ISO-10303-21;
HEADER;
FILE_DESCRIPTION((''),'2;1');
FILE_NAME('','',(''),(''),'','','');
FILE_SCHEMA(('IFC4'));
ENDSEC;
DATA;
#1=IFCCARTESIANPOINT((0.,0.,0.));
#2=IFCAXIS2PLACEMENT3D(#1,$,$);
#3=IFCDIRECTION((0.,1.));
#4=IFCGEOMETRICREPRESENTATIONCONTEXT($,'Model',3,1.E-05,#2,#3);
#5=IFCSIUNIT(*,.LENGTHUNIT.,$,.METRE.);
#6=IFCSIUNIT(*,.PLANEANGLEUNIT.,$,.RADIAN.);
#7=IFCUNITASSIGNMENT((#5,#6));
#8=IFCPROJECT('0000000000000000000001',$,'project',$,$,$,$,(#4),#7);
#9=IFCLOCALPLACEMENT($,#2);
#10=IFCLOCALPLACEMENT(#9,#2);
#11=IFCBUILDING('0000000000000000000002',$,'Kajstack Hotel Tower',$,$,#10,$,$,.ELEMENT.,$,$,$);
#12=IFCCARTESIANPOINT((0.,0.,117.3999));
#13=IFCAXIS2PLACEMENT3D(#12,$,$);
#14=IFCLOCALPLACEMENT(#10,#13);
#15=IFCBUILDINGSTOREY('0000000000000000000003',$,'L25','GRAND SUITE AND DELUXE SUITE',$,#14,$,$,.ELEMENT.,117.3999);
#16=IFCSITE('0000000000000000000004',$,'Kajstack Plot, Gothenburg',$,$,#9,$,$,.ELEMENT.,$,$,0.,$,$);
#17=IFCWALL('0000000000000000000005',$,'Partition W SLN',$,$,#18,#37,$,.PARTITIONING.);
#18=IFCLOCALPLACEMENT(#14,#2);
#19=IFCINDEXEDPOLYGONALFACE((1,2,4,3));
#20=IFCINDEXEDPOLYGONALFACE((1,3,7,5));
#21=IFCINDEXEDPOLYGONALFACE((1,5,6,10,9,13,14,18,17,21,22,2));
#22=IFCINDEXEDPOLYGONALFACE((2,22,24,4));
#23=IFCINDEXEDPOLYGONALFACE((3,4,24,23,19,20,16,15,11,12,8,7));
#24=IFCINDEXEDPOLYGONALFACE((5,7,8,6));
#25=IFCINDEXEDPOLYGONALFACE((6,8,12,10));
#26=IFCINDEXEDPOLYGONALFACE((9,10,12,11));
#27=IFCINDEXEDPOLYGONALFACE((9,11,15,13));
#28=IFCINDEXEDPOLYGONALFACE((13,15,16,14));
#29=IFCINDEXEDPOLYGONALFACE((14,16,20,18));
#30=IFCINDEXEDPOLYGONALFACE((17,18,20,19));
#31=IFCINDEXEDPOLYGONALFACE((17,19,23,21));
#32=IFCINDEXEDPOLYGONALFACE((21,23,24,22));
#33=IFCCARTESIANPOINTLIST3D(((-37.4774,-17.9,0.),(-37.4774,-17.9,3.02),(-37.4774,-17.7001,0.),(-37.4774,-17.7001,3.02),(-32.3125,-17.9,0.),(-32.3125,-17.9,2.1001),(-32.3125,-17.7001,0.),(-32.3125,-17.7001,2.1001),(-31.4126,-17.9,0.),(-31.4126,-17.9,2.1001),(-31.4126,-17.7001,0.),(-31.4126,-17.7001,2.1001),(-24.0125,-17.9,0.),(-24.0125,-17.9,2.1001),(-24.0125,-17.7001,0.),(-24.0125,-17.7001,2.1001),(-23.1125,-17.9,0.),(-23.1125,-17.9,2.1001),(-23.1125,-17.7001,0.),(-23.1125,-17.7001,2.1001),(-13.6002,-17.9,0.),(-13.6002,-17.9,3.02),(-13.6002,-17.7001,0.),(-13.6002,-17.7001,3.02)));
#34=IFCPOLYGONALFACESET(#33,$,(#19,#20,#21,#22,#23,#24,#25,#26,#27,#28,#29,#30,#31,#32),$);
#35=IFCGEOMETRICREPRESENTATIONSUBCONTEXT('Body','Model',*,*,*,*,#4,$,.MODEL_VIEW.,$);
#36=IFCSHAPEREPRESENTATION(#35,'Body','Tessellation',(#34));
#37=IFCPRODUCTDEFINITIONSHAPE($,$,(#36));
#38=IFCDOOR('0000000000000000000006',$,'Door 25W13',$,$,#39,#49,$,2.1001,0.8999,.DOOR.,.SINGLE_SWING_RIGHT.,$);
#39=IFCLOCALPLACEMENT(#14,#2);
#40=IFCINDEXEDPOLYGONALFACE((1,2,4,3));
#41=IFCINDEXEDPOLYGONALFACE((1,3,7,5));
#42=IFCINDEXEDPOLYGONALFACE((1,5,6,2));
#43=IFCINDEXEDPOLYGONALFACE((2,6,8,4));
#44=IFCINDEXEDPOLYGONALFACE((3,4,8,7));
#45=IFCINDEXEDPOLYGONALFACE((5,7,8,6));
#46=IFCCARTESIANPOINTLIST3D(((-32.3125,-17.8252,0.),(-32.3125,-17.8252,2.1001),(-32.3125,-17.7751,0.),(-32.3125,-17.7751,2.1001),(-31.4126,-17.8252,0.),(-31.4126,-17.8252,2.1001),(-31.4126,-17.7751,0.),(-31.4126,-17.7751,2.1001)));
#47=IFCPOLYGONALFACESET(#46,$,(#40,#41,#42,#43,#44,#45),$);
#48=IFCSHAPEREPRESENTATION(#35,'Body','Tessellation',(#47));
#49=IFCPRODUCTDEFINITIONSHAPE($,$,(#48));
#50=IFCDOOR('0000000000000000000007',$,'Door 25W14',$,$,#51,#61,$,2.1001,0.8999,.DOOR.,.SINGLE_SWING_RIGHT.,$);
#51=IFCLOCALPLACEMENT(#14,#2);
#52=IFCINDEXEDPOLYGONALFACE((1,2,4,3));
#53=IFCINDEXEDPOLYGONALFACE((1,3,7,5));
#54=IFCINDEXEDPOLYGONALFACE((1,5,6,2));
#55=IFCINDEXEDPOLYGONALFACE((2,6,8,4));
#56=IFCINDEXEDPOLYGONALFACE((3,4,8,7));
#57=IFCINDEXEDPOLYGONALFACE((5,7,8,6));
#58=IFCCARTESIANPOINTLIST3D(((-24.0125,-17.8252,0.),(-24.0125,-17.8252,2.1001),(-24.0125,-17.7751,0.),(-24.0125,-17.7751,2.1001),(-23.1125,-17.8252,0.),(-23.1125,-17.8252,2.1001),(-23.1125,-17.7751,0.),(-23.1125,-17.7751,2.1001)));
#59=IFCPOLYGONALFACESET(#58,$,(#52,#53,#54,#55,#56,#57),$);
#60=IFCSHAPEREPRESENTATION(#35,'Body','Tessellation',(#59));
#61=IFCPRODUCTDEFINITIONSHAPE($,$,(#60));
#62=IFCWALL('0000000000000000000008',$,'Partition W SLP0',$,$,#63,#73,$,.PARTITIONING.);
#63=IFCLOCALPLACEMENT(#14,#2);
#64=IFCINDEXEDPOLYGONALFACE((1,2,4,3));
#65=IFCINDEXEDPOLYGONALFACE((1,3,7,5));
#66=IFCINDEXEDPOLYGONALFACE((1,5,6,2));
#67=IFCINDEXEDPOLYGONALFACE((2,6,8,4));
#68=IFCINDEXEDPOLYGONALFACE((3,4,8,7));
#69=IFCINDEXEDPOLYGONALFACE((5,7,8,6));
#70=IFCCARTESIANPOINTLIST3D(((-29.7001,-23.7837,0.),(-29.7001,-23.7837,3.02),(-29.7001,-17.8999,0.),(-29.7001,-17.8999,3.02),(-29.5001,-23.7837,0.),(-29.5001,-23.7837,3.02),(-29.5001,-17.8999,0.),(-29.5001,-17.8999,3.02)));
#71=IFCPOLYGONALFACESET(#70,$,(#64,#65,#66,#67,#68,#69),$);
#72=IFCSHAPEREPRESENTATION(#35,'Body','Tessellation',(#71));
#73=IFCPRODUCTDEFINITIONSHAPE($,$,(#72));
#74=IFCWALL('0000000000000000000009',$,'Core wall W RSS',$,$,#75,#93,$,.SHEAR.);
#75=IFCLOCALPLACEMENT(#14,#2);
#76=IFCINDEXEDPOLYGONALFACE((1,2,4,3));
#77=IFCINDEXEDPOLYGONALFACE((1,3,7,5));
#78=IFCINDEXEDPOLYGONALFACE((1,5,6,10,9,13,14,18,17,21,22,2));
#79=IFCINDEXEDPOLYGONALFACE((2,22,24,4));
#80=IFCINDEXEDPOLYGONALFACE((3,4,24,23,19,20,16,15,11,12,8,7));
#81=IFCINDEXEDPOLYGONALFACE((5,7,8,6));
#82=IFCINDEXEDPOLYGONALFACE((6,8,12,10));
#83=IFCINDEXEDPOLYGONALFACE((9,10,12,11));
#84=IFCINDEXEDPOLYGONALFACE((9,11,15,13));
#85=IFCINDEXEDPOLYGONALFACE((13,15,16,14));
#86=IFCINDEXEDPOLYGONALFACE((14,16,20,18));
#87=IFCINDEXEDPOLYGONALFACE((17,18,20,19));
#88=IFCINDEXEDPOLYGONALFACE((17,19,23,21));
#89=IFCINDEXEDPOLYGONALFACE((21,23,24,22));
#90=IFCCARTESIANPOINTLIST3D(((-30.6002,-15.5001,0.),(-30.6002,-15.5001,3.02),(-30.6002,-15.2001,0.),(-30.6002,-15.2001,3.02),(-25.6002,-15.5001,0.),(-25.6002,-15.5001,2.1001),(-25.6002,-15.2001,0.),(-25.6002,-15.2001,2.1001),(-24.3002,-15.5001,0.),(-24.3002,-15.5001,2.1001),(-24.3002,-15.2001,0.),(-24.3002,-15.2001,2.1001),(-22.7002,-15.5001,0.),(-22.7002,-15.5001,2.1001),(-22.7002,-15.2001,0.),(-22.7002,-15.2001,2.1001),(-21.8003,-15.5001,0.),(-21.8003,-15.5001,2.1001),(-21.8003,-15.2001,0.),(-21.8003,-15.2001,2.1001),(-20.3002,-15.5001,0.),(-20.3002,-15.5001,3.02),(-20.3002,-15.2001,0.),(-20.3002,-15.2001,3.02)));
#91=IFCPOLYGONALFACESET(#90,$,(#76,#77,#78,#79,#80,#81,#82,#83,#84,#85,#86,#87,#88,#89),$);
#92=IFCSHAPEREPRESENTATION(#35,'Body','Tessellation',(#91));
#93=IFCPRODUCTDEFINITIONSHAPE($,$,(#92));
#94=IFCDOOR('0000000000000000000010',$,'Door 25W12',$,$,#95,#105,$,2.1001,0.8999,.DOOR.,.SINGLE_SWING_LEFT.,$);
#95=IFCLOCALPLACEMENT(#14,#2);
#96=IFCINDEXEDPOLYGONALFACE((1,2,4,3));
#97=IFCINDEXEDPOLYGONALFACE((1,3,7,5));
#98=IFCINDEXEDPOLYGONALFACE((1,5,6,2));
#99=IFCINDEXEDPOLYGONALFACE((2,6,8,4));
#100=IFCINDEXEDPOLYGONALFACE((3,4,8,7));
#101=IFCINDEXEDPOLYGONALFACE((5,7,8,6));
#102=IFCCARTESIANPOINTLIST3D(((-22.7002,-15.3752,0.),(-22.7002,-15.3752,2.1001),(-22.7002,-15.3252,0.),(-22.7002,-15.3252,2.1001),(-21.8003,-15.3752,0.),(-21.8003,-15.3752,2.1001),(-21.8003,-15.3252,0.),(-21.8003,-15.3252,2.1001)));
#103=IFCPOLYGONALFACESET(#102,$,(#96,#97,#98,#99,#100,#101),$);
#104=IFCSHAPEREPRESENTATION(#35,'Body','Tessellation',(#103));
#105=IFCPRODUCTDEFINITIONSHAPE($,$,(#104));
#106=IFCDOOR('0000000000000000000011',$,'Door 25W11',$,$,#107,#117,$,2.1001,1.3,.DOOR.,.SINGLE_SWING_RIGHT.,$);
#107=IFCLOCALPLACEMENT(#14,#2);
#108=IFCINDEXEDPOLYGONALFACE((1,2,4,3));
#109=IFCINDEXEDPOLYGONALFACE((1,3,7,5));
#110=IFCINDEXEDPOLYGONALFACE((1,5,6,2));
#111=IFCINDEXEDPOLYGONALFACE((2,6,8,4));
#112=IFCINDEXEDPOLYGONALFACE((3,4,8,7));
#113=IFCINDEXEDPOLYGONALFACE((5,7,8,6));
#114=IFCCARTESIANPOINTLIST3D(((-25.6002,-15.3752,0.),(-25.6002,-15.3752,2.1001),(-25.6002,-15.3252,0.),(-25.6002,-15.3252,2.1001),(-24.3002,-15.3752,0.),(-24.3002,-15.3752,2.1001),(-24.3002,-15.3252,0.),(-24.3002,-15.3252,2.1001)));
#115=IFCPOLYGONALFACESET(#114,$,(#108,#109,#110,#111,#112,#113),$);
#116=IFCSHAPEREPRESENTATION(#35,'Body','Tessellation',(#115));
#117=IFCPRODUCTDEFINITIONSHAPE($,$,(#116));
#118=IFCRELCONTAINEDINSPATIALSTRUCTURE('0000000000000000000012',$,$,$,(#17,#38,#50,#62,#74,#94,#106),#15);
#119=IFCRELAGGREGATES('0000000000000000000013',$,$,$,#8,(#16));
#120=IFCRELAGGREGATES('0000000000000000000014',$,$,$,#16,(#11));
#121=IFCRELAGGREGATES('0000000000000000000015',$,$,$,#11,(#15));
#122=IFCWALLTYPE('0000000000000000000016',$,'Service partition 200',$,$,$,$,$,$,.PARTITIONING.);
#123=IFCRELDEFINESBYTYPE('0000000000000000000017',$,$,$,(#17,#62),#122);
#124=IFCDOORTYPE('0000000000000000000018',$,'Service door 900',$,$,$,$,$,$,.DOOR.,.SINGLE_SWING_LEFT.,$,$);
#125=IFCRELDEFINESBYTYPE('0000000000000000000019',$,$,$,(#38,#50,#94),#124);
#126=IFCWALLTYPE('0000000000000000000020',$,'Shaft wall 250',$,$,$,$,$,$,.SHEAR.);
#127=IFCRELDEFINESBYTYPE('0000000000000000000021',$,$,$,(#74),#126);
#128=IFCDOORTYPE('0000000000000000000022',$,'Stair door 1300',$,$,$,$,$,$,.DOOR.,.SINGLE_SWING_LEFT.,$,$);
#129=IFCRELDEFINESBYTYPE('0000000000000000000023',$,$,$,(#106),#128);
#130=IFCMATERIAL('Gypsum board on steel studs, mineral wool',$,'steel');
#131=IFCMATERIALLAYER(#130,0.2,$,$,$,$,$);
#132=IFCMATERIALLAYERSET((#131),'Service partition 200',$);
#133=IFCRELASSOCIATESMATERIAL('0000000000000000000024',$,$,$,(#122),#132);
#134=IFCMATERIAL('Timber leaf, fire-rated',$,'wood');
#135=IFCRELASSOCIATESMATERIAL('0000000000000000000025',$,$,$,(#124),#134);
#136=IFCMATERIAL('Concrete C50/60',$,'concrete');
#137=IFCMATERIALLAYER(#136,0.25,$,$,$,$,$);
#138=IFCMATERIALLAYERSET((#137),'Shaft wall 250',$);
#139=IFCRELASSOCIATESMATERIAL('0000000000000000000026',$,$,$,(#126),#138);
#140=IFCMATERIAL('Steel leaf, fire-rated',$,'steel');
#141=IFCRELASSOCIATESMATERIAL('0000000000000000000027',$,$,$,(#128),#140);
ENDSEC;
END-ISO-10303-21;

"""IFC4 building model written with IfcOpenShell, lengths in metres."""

from ifc_helpers import new_model, si_unit, direction, frame, frame_2d, origin, place, context, subcontext, project, spatial, rectangle, extrude, material, layer, layer_set, type_object, element, fill, save


model = new_model("IFC4")

# Units and contexts
model_context = context("Model", 3, precision=1e-05, world=origin(), true_north=direction((0.0, 1.0)))
body_context = subcontext(model_context, "Body", "Model", "MODEL_VIEW")
ifc_project = project(units=[si_unit("LENGTHUNIT", "METRE"), si_unit("PLANEANGLEUNIT", "RADIAN")], contexts=[model_context])

# Site, building, storey
site_placement = place(None, origin())
site = spatial("IfcSite", under=ifc_project, at=site_placement, Name="Kajstack Plot, Gothenburg", CompositionType="ELEMENT", RefElevation=0.0)
building_placement = place(site_placement, origin())
building = spatial("IfcBuilding", under=site, at=building_placement, Name="Kajstack Hotel Tower", CompositionType="ELEMENT")
storey_placement = place(building_placement, frame((0.0, 0.0, 117.3999)))
storey = spatial("IfcBuildingStorey", under=building, at=storey_placement, Name="L25", Description="GRAND SUITE AND DELUXE SUITE", CompositionType="ELEMENT", Elevation=117.3999)

# Shared definitions
ifc_material_1 = material(Name="Gypsum board on steel studs, mineral wool", Category="steel")
ifc_layer_1 = layer(ifc_material_1, 0.2)
ifc_layer_set_1 = layer_set([ifc_layer_1], Name="Service partition 200")
wall_type_1 = type_object("IfcWallType", Name="Service partition 200", PredefinedType="PARTITIONING", material=ifc_layer_set_1)
ifc_material_2 = material(Name="Timber leaf, fire-rated", Category="wood")
door_type_1 = type_object("IfcDoorType", Name="Service door 900", OperationType="SINGLE_SWING_LEFT", PredefinedType="DOOR", material=ifc_material_2)

# Wall, openings, doors
wall_1_placement = place(storey_placement, frame((-37.4773, -17.8, 0.0), z_axis=(0.0, 0.0, 1.0), x_axis=(1.0, 0.0, 0.0)))
wall_1 = element("IfcWall", 1, at=wall_1_placement, inside=storey, type_object=wall_type_1, Name="Partition W SLN", PredefinedType="PARTITIONING", context=body_context, shape_type="SweptSolid", body=[
    extrude(rectangle(XDim=23.8772, YDim=0.2, at=frame_2d((11.9385, 0.0))), origin(), (0.0, 0.0, 1.0), 3.02),
])
opening_1_placement = place(wall_1_placement, frame((5.1648, 0.0, 0.0)))
opening_1 = element("IfcOpeningElement", 2, at=opening_1_placement, cuts=wall_1, PredefinedType="OPENING", context=body_context, shape_type="SweptSolid", body=[
    extrude(rectangle(XDim=0.8999, YDim=2.1001, at=frame_2d((0.45, 1.05))), frame((0.0, 0.1099, 0.0), z_axis=(0.0, -1.0, 0.0), x_axis=(1.0, 0.0, 0.0)), (0.0, 0.0, 1.0), 0.22),
])
opening_2_placement = place(wall_1_placement, frame((13.4648, 0.0, 0.0)))
opening_2 = element("IfcOpeningElement", 3, at=opening_2_placement, cuts=wall_1, PredefinedType="OPENING", context=body_context, shape_type="SweptSolid", body=[
    extrude(rectangle(XDim=0.8999, YDim=2.1001, at=frame_2d((0.45, 1.05))), frame((0.0, 0.1099, 0.0), z_axis=(0.0, -1.0, 0.0), x_axis=(1.0, 0.0, 0.0)), (0.0, 0.0, 1.0), 0.22),
])
door_1_placement = place(opening_1_placement, origin())
door_1 = element("IfcDoor", 4, at=door_1_placement, inside=storey, type_object=door_type_1, Name="Door 25W13", OperationType="SINGLE_SWING_RIGHT", OverallHeight=2.1001, OverallWidth=0.8999, PredefinedType="DOOR", context=body_context, shape_type="SweptSolid", body=[
    extrude(rectangle(XDim=0.8999, YDim=2.1001, at=frame_2d((0.45, 1.05))), frame((0.0, 0.0249, 0.0), z_axis=(0.0, -1.0, 0.0), x_axis=(1.0, 0.0, 0.0)), (0.0, 0.0, 1.0), 0.05),
])
fill(opening_1, door_1)
door_2_placement = place(opening_2_placement, origin())
door_2 = element("IfcDoor", 5, at=door_2_placement, inside=storey, type_object=door_type_1, Name="Door 25W14", OperationType="SINGLE_SWING_RIGHT", OverallHeight=2.1001, OverallWidth=0.8999, PredefinedType="DOOR", context=body_context, shape_type="SweptSolid", body=[
    extrude(rectangle(XDim=0.8999, YDim=2.1001, at=frame_2d((0.45, 1.05))), frame((0.0, 0.0249, 0.0), z_axis=(0.0, -1.0, 0.0), x_axis=(1.0, 0.0, 0.0)), (0.0, 0.0, 1.0), 0.05),
])
fill(opening_2, door_2)

# Wall
wall_2_placement = place(storey_placement, frame((-29.6001, -23.7837, 0.0), z_axis=(0.0, 0.0, 1.0), x_axis=(0.0, 1.0, 0.0)))
element("IfcWall", 6, at=wall_2_placement, inside=storey, type_object=wall_type_1, Name="Partition W SLP0", PredefinedType="PARTITIONING", context=body_context, shape_type="SweptSolid", body=[
    extrude(rectangle(XDim=5.8838, YDim=0.2, at=frame_2d((2.9419, 0.0))), origin(), (0.0, 0.0, 1.0), 3.02),
])

# Wall, openings, doors
ifc_material_3 = material(Name="Concrete C50/60", Category="concrete")
ifc_layer_2 = layer(ifc_material_3, 0.25)
ifc_layer_set_2 = layer_set([ifc_layer_2], Name="Shaft wall 250")
wall_type_2 = type_object("IfcWallType", Name="Shaft wall 250", PredefinedType="SHEAR", material=ifc_layer_set_2)
wall_3_placement = place(storey_placement, frame((-30.6001, -15.3501, 0.0), z_axis=(0.0, 0.0, 1.0), x_axis=(1.0, 0.0, 0.0)))
wall_3 = element("IfcWall", 7, at=wall_3_placement, inside=storey, type_object=wall_type_2, Name="Core wall W RSS", PredefinedType="SHEAR", context=body_context, shape_type="SweptSolid", body=[
    extrude(rectangle(XDim=10.3, YDim=0.3, at=frame_2d((5.1499, 0.0))), origin(), (0.0, 0.0, 1.0), 3.02),
])
opening_3_placement = place(wall_3_placement, frame((5.0, 0.0, 0.0)))
opening_3 = element("IfcOpeningElement", 8, at=opening_3_placement, cuts=wall_3, PredefinedType="OPENING", context=body_context, shape_type="SweptSolid", body=[
    extrude(rectangle(XDim=1.3, YDim=2.1001, at=frame_2d((0.6499, 1.05))), frame((0.0, 0.1599, 0.0), z_axis=(0.0, -1.0, 0.0), x_axis=(1.0, 0.0, 0.0)), (0.0, 0.0, 1.0), 0.3201),
])
opening_4_placement = place(wall_3_placement, frame((7.8999, 0.0, 0.0)))
opening_4 = element("IfcOpeningElement", 9, at=opening_4_placement, cuts=wall_3, PredefinedType="OPENING", context=body_context, shape_type="SweptSolid", body=[
    extrude(rectangle(XDim=0.8999, YDim=2.1001, at=frame_2d((0.45, 1.05))), frame((0.0, 0.1599, 0.0), z_axis=(0.0, -1.0, 0.0), x_axis=(1.0, 0.0, 0.0)), (0.0, 0.0, 1.0), 0.3201),
])
door_3_placement = place(opening_4_placement, origin())
door_3 = element("IfcDoor", 10, at=door_3_placement, inside=storey, type_object=door_type_1, Name="Door 25W12", OperationType="SINGLE_SWING_LEFT", OverallHeight=2.1001, OverallWidth=0.8999, PredefinedType="DOOR", context=body_context, shape_type="SweptSolid", body=[
    extrude(rectangle(XDim=0.8999, YDim=2.1001, at=frame_2d((0.45, 1.05))), frame((0.0, 0.0249, 0.0), z_axis=(0.0, -1.0, 0.0), x_axis=(1.0, 0.0, 0.0)), (0.0, 0.0, 1.0), 0.05),
])
fill(opening_4, door_3)
ifc_material_4 = material(Name="Steel leaf, fire-rated", Category="steel")
door_type_2 = type_object("IfcDoorType", Name="Stair door 1300", OperationType="SINGLE_SWING_LEFT", PredefinedType="DOOR", material=ifc_material_4)
door_4_placement = place(opening_3_placement, origin())
door_4 = element("IfcDoor", 11, at=door_4_placement, inside=storey, type_object=door_type_2, Name="Door 25W11", OperationType="SINGLE_SWING_RIGHT", OverallHeight=2.1001, OverallWidth=1.3, PredefinedType="DOOR", context=body_context, shape_type="SweptSolid", body=[
    extrude(rectangle(XDim=1.3, YDim=2.1001, at=frame_2d((0.6499, 1.05))), frame((0.0, 0.0249, 0.0), z_axis=(0.0, -1.0, 0.0), x_axis=(1.0, 0.0, 0.0)), (0.0, 0.0, 1.0), 0.05),
])
fill(opening_3, door_4)

save(model, "model.ifc")
